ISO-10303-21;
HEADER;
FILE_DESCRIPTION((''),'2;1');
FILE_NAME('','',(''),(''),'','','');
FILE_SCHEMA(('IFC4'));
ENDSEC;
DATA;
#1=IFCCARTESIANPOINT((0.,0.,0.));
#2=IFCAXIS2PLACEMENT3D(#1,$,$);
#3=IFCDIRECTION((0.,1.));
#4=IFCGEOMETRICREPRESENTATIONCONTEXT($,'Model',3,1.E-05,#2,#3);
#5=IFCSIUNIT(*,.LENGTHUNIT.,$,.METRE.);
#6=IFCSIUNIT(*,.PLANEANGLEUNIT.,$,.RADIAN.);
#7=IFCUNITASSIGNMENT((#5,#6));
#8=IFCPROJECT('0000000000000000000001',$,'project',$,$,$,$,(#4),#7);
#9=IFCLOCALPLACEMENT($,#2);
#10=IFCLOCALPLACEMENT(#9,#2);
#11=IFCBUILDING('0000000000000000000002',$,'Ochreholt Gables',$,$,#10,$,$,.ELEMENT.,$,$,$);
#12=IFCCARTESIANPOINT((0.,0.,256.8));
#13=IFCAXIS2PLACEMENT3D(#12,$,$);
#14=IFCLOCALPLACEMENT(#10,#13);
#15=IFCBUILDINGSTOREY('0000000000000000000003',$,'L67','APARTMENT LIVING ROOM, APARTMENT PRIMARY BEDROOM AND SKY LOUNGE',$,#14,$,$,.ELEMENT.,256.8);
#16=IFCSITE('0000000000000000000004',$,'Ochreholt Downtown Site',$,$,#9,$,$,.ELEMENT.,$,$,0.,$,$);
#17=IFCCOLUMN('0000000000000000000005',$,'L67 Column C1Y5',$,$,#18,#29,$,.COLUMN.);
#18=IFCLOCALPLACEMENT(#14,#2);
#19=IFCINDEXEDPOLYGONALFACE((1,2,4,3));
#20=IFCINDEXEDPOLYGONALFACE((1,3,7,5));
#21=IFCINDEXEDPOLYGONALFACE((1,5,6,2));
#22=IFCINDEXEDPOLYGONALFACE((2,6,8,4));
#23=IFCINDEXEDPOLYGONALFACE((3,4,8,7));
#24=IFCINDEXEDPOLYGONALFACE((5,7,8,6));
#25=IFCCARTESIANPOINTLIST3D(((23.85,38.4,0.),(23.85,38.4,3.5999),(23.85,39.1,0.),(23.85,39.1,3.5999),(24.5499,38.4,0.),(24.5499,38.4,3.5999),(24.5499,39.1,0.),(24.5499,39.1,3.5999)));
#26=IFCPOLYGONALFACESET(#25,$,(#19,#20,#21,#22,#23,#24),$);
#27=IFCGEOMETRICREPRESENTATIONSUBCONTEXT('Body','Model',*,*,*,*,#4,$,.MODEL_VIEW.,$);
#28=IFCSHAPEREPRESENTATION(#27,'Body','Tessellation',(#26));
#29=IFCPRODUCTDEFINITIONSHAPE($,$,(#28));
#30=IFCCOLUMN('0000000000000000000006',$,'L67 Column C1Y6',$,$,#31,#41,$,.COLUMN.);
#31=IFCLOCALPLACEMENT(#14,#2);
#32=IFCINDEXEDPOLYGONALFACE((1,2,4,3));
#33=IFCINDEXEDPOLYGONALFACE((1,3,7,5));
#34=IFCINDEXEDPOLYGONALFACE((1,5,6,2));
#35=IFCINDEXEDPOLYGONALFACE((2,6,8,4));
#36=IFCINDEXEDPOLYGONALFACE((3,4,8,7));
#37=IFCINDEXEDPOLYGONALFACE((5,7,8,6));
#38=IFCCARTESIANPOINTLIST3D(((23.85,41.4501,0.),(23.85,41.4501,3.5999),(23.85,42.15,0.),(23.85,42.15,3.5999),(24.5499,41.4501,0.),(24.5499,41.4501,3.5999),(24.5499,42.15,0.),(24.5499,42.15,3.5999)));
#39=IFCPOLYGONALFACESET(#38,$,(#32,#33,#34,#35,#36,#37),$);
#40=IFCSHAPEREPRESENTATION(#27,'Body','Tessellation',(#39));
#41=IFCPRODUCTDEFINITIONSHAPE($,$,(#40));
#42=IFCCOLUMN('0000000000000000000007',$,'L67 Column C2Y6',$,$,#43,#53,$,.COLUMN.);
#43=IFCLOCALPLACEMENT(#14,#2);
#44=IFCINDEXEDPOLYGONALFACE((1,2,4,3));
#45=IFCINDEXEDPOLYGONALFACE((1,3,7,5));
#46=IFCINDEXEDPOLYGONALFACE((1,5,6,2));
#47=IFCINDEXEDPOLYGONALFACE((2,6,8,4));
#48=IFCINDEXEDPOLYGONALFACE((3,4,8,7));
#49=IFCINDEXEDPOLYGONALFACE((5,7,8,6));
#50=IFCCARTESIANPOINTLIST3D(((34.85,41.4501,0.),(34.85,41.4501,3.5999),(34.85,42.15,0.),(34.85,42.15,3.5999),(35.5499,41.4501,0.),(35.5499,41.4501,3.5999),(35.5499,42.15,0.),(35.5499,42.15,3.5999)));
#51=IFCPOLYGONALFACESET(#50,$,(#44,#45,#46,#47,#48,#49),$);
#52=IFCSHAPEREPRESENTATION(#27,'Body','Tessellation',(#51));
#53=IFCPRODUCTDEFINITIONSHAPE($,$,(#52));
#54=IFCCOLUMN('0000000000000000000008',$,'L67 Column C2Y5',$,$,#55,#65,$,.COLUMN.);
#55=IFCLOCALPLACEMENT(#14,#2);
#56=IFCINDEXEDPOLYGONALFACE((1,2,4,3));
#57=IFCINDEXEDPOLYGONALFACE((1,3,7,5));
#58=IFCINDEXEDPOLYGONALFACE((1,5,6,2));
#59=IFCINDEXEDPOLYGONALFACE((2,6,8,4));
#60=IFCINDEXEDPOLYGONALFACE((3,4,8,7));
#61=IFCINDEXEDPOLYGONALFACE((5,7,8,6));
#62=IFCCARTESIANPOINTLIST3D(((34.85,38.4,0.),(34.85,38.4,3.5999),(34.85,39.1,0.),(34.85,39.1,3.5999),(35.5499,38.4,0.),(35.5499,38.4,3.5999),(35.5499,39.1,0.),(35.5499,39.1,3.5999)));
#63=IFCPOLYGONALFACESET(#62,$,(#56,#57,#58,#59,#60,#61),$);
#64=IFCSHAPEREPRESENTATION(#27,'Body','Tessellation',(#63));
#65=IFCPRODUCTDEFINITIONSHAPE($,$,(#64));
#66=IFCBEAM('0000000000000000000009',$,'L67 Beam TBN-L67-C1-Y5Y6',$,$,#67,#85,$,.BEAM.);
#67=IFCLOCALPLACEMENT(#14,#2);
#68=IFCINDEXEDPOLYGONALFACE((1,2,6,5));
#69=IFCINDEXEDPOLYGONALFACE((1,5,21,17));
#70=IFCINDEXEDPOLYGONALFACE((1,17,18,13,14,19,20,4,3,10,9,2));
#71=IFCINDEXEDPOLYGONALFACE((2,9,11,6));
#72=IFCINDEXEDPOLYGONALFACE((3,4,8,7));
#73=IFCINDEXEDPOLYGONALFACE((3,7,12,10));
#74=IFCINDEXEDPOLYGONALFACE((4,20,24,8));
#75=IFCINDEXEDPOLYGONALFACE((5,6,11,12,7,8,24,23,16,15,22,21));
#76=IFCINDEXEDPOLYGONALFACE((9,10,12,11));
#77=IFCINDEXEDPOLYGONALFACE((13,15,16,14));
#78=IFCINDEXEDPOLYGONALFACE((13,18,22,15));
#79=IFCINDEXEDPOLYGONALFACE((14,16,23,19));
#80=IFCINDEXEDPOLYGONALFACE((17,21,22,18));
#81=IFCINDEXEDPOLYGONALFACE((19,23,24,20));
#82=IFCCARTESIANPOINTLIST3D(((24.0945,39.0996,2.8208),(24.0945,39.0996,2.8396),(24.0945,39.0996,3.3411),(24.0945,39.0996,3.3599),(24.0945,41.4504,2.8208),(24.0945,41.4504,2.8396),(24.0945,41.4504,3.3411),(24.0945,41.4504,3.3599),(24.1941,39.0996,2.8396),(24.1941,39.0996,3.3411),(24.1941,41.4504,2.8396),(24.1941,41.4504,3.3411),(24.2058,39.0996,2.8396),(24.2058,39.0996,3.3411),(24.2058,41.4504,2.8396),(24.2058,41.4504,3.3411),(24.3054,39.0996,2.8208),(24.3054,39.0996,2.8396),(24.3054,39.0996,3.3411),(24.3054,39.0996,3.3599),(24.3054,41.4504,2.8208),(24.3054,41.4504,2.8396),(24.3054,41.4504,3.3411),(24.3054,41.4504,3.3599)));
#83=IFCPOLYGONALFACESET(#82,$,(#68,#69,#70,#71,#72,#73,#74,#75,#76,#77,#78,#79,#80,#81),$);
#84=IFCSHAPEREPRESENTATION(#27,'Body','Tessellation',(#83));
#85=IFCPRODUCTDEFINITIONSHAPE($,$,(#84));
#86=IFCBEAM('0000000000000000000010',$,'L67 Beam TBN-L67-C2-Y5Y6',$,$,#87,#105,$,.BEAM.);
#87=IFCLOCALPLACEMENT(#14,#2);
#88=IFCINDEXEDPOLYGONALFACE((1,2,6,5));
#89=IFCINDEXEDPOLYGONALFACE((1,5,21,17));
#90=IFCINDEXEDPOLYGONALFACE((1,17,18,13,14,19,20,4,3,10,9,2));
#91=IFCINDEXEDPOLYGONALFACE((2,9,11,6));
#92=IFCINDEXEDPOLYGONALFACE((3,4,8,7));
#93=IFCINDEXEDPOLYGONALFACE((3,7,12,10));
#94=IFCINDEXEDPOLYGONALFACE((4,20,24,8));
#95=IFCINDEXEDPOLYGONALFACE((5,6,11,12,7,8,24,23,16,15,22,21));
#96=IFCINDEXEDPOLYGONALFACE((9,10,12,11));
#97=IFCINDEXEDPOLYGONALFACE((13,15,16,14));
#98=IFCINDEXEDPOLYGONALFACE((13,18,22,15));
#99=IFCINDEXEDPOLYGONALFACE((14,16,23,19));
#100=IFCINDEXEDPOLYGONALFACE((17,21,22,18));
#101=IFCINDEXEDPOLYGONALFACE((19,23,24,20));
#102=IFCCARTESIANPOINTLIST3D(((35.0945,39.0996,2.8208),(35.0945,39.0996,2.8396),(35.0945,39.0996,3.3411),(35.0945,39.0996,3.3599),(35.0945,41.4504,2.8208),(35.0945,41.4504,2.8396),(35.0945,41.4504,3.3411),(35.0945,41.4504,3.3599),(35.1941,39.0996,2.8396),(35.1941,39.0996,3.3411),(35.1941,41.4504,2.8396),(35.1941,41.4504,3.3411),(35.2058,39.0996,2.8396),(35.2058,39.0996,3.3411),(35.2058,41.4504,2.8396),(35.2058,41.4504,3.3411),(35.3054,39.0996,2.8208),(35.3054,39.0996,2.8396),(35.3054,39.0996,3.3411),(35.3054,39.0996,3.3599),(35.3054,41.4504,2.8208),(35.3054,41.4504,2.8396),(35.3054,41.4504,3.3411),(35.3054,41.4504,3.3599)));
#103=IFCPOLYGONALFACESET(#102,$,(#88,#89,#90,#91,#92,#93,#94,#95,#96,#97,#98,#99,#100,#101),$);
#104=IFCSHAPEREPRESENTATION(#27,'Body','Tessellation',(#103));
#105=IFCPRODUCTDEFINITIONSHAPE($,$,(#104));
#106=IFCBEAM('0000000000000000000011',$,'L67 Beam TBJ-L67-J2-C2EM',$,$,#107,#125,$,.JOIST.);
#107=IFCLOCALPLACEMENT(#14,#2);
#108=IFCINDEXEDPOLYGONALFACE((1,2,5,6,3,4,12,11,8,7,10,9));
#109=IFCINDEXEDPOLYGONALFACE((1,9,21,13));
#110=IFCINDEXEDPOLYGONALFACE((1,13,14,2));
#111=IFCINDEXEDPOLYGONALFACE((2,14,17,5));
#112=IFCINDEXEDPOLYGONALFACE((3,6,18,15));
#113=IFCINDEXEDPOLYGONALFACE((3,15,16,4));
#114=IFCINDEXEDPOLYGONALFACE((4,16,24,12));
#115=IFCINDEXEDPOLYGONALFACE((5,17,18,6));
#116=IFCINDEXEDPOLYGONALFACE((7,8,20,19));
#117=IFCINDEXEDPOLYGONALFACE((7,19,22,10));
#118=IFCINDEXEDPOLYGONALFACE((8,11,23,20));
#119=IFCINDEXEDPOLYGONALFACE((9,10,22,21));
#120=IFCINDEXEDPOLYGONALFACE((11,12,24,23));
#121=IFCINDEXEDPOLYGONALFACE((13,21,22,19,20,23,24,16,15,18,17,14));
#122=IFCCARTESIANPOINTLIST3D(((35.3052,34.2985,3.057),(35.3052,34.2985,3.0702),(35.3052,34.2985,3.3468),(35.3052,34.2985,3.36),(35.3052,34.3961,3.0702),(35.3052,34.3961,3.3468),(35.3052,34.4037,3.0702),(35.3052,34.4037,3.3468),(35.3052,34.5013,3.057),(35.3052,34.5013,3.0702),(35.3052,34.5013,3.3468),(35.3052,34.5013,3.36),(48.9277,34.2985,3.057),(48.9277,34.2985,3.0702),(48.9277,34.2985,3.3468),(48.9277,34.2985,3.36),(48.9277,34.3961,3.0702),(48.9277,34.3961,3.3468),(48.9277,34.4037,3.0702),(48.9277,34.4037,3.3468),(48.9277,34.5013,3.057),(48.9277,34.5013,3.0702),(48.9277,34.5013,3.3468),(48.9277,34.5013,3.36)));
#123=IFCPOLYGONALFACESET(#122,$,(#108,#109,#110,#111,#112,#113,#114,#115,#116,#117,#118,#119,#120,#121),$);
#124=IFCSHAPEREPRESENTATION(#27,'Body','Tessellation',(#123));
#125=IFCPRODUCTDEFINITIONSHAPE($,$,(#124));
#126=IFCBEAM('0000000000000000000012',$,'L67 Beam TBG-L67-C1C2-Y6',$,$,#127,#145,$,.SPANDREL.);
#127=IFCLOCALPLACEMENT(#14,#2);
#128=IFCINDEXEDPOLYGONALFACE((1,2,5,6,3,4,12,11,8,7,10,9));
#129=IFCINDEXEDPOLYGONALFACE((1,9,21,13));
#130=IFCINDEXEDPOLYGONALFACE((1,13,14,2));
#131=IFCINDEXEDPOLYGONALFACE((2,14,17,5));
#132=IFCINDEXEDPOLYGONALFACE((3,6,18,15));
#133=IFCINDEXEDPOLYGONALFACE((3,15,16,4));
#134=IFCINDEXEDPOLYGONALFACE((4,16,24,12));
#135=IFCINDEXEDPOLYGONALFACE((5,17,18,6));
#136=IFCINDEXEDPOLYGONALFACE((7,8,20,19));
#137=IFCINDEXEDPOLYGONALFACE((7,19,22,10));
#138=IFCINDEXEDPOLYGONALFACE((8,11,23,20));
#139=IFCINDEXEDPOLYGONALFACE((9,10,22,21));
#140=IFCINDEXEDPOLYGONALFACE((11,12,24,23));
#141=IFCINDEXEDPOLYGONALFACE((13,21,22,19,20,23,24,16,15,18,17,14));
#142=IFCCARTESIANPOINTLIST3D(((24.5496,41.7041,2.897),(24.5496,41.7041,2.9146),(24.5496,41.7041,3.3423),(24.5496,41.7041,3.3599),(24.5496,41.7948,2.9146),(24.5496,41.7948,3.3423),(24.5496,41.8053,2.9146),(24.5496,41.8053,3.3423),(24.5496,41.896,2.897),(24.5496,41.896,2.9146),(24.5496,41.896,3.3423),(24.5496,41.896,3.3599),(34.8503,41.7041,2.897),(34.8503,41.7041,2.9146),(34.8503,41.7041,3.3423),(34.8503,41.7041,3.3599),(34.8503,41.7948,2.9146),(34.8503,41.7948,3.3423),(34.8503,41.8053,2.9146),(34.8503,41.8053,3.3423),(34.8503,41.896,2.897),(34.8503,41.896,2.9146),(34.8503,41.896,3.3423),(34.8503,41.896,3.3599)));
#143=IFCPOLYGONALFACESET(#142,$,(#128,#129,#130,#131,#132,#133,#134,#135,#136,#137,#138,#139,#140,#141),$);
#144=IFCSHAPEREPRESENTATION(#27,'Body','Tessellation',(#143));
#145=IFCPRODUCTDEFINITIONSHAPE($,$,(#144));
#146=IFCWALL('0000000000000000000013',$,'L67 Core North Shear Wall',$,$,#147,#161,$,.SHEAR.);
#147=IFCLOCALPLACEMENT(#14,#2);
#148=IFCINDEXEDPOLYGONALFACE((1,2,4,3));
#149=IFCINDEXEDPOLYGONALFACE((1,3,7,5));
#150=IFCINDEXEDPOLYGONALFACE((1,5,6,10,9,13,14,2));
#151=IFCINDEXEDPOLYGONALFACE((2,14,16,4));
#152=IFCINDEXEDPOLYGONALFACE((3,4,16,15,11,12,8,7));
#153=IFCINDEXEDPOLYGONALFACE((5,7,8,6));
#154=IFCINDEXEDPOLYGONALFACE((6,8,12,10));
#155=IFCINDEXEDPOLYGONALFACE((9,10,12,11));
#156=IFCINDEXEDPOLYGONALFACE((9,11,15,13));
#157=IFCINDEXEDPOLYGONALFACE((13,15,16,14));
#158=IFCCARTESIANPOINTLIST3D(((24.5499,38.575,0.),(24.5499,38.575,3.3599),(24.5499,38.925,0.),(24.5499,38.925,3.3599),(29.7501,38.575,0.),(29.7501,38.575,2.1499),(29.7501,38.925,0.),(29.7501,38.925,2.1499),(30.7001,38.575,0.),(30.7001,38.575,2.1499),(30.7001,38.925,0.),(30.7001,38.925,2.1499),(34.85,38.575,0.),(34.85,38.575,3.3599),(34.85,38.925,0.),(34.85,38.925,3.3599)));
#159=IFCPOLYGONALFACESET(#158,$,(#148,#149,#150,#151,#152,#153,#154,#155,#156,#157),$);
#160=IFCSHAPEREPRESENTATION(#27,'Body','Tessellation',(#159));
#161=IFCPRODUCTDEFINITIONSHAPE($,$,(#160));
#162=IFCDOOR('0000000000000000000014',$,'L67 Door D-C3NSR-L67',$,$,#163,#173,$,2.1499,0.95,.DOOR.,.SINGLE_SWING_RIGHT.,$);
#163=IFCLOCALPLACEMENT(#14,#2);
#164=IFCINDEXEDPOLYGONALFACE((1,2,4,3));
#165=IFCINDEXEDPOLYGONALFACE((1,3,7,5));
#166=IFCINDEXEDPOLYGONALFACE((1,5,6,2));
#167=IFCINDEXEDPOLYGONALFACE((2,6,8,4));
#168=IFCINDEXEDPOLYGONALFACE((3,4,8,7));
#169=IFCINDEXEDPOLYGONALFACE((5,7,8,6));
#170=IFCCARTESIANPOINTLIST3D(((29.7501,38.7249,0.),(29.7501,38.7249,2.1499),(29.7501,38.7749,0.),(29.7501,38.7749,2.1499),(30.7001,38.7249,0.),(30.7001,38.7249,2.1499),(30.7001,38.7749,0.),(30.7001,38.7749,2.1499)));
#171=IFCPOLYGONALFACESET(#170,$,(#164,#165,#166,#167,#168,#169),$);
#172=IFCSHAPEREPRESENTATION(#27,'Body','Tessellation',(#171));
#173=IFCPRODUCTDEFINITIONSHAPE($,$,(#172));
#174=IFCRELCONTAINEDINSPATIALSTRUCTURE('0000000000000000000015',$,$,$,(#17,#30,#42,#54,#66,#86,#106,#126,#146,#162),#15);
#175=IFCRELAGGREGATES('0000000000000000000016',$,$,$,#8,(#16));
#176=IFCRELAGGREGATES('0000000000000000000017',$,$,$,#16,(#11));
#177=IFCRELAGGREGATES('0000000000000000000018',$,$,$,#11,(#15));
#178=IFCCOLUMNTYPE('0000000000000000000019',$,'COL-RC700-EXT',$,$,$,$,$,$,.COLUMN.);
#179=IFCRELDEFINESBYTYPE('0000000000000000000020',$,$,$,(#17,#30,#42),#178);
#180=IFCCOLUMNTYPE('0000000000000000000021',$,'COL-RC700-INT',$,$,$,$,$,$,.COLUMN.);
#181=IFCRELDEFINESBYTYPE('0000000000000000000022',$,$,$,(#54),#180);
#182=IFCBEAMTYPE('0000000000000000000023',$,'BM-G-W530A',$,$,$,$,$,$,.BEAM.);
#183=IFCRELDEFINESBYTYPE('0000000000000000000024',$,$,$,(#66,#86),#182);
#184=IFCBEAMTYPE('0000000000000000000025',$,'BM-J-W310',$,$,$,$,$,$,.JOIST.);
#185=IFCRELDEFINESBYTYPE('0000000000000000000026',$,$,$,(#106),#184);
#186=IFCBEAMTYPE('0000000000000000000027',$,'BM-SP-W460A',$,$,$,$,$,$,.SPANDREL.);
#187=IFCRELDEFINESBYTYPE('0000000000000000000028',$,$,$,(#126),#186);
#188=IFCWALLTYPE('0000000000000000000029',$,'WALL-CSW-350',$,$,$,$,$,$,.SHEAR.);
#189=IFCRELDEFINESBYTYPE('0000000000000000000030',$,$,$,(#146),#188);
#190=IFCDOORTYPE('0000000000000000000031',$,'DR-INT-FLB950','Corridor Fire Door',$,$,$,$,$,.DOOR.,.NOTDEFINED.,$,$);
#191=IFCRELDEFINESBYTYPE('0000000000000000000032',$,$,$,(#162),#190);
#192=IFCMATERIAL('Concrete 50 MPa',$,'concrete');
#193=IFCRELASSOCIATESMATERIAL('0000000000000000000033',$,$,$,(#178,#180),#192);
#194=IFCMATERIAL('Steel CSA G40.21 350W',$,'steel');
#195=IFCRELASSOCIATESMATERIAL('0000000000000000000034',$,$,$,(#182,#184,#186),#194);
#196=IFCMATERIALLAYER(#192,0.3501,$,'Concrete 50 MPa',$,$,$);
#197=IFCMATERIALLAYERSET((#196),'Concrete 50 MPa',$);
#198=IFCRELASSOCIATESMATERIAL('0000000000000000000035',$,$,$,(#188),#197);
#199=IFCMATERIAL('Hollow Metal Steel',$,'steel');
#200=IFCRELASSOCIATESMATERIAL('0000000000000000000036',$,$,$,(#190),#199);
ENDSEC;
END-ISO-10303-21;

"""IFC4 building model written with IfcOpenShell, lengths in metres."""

from ifc_helpers import new_model, si_unit, direction, frame, frame_2d, origin, origin_2d, place, context, subcontext, project, spatial, rectangle, i_section, extrude, material, layer, layer_set, material_profile, profile_set, type_object, element, fill, save


model = new_model("IFC4")

# Units and contexts
model_context = context("Model", 3, precision=1e-05, world=origin(), true_north=direction((0.0, 1.0)))
body_context = subcontext(model_context, "Body", "Model", "MODEL_VIEW")
ifc_project = project(units=[si_unit("LENGTHUNIT", "METRE"), si_unit("PLANEANGLEUNIT", "RADIAN")], contexts=[model_context])

# Site, building, storey
site_placement = place(None, origin())
site = spatial("IfcSite", under=ifc_project, at=site_placement, Name="Ochreholt Downtown Site", CompositionType="ELEMENT", RefElevation=0.0)
building_placement = place(site_placement, origin())
building = spatial("IfcBuilding", under=site, at=building_placement, Name="Ochreholt Gables", CompositionType="ELEMENT")
storey_placement = place(building_placement, frame((0.0, 0.0, 256.8)))
storey = spatial("IfcBuildingStorey", under=building, at=storey_placement, Name="L67", Description="APARTMENT LIVING ROOM, APARTMENT PRIMARY BEDROOM AND SKY LOUNGE", CompositionType="ELEMENT", Elevation=256.8)

# Columns
ifc_material_1 = material(Name="Concrete 50 MPa", Category="concrete")
ifc_material_profile_1 = material_profile(ifc_material_1, rectangle(XDim=0.7, YDim=0.7, at=origin_2d()), Name="RC700X700")
ifc_profile_set_1 = profile_set([ifc_material_profile_1], Name="Concrete 50 MPa")
column_type_1 = type_object("IfcColumnType", Name="COL-RC700-EXT", PredefinedType="COLUMN", material=ifc_profile_set_1)
for number, where, z_axis, x_axis, name in (
    (1, (24.2, 38.75, 0.0), (0.0, 0.0, 1.0), (1.0, 0.0, 0.0), "L67 Column C1Y5"),
    (2, (24.2, 41.8, 0.0), (0.0, 0.0, 1.0), (1.0, 0.0, 0.0), "L67 Column C1Y6"),
    (3, (35.2, 41.8, 0.0), (0.0, 0.0, 1.0), (1.0, 0.0, 0.0), "L67 Column C2Y6"),
):
    element("IfcColumn", number, at=place(storey_placement, frame(where, z_axis=z_axis, x_axis=x_axis)), inside=storey, type_object=column_type_1, Name=name, PredefinedType="COLUMN", context=body_context, shape_type="SweptSolid", body=[
        extrude(rectangle(XDim=0.7, YDim=0.7, at=origin_2d()), origin(), (0.0, 0.0, 1.0), 3.5999),
    ])
ifc_material_profile_2 = material_profile(ifc_material_1, rectangle(XDim=0.7, YDim=0.7, at=origin_2d()), Name="RC700X700")
ifc_profile_set_2 = profile_set([ifc_material_profile_2], Name="Concrete 50 MPa")
column_type_2 = type_object("IfcColumnType", Name="COL-RC700-INT", PredefinedType="COLUMN", material=ifc_profile_set_2)
column_placement = place(storey_placement, frame((35.2, 38.75, 0.0), z_axis=(0.0, 0.0, 1.0), x_axis=(1.0, 0.0, 0.0)))
element("IfcColumn", 4, at=column_placement, inside=storey, type_object=column_type_2, Name="L67 Column C2Y5", PredefinedType="COLUMN", context=body_context, shape_type="SweptSolid", body=[
    extrude(rectangle(XDim=0.7, YDim=0.7, at=origin_2d()), origin(), (0.0, 0.0, 1.0), 3.5999),
])

# Beams
ifc_material_2 = material(Name="Steel CSA G40.21 350W", Category="steel")
ifc_material_profile_3 = material_profile(ifc_material_2, i_section(OverallWidth=0.2109, OverallDepth=0.5391, WebThickness=0.0117, FlangeThickness=0.0188, at=origin_2d()), Name="W530X109")
ifc_profile_set_3 = profile_set([ifc_material_profile_3], Name="Steel CSA G40.21 350W")
beam_type_1 = type_object("IfcBeamType", Name="BM-G-W530A", PredefinedType="BEAM", material=ifc_profile_set_3)
for number, where, z_axis, x_axis, name in (
    (5, (24.2, 39.0996, 3.0903), (0.0, 1.0, 0.0), (-1.0, 0.0, 0.0), "L67 Beam TBN-L67-C1-Y5Y6"),
    (6, (35.2, 39.0996, 3.0903), (0.0, 1.0, 0.0), (-1.0, 0.0, 0.0), "L67 Beam TBN-L67-C2-Y5Y6"),
):
    element("IfcBeam", number, at=place(storey_placement, frame(where, z_axis=z_axis, x_axis=x_axis)), inside=storey, type_object=beam_type_1, Name=name, PredefinedType="BEAM", context=body_context, shape_type="SweptSolid", body=[
        extrude(i_section(OverallWidth=0.2109, OverallDepth=0.5391, WebThickness=0.0117, FlangeThickness=0.0188, at=origin_2d()), origin(), (0.0, 0.0, 1.0), 2.3508),
    ])
ifc_material_profile_4 = material_profile(ifc_material_2, i_section(OverallWidth=0.2029, OverallDepth=0.303, WebThickness=0.0076, FlangeThickness=0.0132, at=origin_2d()), Name="W310X60")
ifc_profile_set_4 = profile_set([ifc_material_profile_4], Name="Steel CSA G40.21 350W")
beam_type_2 = type_object("IfcBeamType", Name="BM-J-W310", PredefinedType="JOIST", material=ifc_profile_set_4)
beam_1_placement = place(storey_placement, frame((35.3052, 34.3999, 3.2085), z_axis=(1.0, 0.0, 0.0), x_axis=(0.0, 1.0, 0.0)))
element("IfcBeam", 7, at=beam_1_placement, inside=storey, type_object=beam_type_2, Name="L67 Beam TBJ-L67-J2-C2EM", PredefinedType="JOIST", context=body_context, shape_type="SweptSolid", body=[
    extrude(i_section(OverallWidth=0.2029, OverallDepth=0.303, WebThickness=0.0076, FlangeThickness=0.0132, at=origin_2d()), origin(), (0.0, 0.0, 1.0), 13.6226),
])
ifc_material_profile_5 = material_profile(ifc_material_2, i_section(OverallWidth=0.1919, OverallDepth=0.4629, WebThickness=0.0105, FlangeThickness=0.0176, at=origin_2d()), Name="W460X89")
ifc_profile_set_5 = profile_set([ifc_material_profile_5], Name="Steel CSA G40.21 350W")
beam_type_3 = type_object("IfcBeamType", Name="BM-SP-W460A", PredefinedType="SPANDREL", material=ifc_profile_set_5)
beam_2_placement = place(storey_placement, frame((24.5496, 41.8, 3.1284), z_axis=(1.0, 0.0, 0.0), x_axis=(0.0, 1.0, 0.0)))
element("IfcBeam", 8, at=beam_2_placement, inside=storey, type_object=beam_type_3, Name="L67 Beam TBG-L67-C1C2-Y6", PredefinedType="SPANDREL", context=body_context, shape_type="SweptSolid", body=[
    extrude(i_section(OverallWidth=0.1919, OverallDepth=0.4629, WebThickness=0.0105, FlangeThickness=0.0176, at=origin_2d()), origin(), (0.0, 0.0, 1.0), 10.3008),
])

# Wall, opening, door
ifc_layer_1 = layer(ifc_material_1, 0.3501, Name="Concrete 50 MPa")
ifc_layer_set_1 = layer_set([ifc_layer_1], Name="Concrete 50 MPa")
wall_type_1 = type_object("IfcWallType", Name="WALL-CSW-350", PredefinedType="SHEAR", material=ifc_layer_set_1)
wall_1_placement = place(storey_placement, frame((24.55, 38.75, 0.0), z_axis=(0.0, 0.0, 1.0), x_axis=(1.0, 0.0, 0.0)))
wall_1 = element("IfcWall", 9, at=wall_1_placement, inside=storey, type_object=wall_type_1, Name="L67 Core North Shear Wall", PredefinedType="SHEAR", context=body_context, shape_type="SweptSolid", body=[
    extrude(rectangle(XDim=10.3, YDim=0.3501, at=frame_2d((5.1499, 0.0))), origin(), (0.0, 0.0, 1.0), 3.3599),
])
opening_1_placement = place(wall_1_placement, frame((5.2, 0.0, 0.0)))
opening_1 = element("IfcOpeningElement", 10, at=opening_1_placement, cuts=wall_1, PredefinedType="OPENING", context=body_context, shape_type="SweptSolid", body=[
    extrude(rectangle(XDim=0.95, YDim=2.1499, at=frame_2d((0.4751, 1.075))), frame((0.0, 0.1851, 0.0), z_axis=(0.0, -1.0, 0.0), x_axis=(1.0, 0.0, 0.0)), (0.0, 0.0, 1.0), 0.3701),
])
ifc_material_3 = material(Name="Hollow Metal Steel", Category="steel")
door_type_1 = type_object("IfcDoorType", Name="DR-INT-FLB950", Description="Corridor Fire Door", OperationType="NOTDEFINED", PredefinedType="DOOR", material=ifc_material_3)
door_1_placement = place(opening_1_placement, origin())
door_1 = element("IfcDoor", 11, at=door_1_placement, inside=storey, type_object=door_type_1, Name="L67 Door D-C3NSR-L67", OperationType="SINGLE_SWING_RIGHT", OverallHeight=2.1499, OverallWidth=0.95, PredefinedType="DOOR", context=body_context, shape_type="SweptSolid", body=[
    extrude(rectangle(XDim=0.95, YDim=2.1499, at=frame_2d((0.4751, 1.075))), frame((0.0, 0.0249, 0.0), z_axis=(0.0, -1.0, 0.0), x_axis=(1.0, 0.0, 0.0)), (0.0, 0.0, 1.0), 0.05),
])
fill(opening_1, door_1)

save(model, "model.ifc")
